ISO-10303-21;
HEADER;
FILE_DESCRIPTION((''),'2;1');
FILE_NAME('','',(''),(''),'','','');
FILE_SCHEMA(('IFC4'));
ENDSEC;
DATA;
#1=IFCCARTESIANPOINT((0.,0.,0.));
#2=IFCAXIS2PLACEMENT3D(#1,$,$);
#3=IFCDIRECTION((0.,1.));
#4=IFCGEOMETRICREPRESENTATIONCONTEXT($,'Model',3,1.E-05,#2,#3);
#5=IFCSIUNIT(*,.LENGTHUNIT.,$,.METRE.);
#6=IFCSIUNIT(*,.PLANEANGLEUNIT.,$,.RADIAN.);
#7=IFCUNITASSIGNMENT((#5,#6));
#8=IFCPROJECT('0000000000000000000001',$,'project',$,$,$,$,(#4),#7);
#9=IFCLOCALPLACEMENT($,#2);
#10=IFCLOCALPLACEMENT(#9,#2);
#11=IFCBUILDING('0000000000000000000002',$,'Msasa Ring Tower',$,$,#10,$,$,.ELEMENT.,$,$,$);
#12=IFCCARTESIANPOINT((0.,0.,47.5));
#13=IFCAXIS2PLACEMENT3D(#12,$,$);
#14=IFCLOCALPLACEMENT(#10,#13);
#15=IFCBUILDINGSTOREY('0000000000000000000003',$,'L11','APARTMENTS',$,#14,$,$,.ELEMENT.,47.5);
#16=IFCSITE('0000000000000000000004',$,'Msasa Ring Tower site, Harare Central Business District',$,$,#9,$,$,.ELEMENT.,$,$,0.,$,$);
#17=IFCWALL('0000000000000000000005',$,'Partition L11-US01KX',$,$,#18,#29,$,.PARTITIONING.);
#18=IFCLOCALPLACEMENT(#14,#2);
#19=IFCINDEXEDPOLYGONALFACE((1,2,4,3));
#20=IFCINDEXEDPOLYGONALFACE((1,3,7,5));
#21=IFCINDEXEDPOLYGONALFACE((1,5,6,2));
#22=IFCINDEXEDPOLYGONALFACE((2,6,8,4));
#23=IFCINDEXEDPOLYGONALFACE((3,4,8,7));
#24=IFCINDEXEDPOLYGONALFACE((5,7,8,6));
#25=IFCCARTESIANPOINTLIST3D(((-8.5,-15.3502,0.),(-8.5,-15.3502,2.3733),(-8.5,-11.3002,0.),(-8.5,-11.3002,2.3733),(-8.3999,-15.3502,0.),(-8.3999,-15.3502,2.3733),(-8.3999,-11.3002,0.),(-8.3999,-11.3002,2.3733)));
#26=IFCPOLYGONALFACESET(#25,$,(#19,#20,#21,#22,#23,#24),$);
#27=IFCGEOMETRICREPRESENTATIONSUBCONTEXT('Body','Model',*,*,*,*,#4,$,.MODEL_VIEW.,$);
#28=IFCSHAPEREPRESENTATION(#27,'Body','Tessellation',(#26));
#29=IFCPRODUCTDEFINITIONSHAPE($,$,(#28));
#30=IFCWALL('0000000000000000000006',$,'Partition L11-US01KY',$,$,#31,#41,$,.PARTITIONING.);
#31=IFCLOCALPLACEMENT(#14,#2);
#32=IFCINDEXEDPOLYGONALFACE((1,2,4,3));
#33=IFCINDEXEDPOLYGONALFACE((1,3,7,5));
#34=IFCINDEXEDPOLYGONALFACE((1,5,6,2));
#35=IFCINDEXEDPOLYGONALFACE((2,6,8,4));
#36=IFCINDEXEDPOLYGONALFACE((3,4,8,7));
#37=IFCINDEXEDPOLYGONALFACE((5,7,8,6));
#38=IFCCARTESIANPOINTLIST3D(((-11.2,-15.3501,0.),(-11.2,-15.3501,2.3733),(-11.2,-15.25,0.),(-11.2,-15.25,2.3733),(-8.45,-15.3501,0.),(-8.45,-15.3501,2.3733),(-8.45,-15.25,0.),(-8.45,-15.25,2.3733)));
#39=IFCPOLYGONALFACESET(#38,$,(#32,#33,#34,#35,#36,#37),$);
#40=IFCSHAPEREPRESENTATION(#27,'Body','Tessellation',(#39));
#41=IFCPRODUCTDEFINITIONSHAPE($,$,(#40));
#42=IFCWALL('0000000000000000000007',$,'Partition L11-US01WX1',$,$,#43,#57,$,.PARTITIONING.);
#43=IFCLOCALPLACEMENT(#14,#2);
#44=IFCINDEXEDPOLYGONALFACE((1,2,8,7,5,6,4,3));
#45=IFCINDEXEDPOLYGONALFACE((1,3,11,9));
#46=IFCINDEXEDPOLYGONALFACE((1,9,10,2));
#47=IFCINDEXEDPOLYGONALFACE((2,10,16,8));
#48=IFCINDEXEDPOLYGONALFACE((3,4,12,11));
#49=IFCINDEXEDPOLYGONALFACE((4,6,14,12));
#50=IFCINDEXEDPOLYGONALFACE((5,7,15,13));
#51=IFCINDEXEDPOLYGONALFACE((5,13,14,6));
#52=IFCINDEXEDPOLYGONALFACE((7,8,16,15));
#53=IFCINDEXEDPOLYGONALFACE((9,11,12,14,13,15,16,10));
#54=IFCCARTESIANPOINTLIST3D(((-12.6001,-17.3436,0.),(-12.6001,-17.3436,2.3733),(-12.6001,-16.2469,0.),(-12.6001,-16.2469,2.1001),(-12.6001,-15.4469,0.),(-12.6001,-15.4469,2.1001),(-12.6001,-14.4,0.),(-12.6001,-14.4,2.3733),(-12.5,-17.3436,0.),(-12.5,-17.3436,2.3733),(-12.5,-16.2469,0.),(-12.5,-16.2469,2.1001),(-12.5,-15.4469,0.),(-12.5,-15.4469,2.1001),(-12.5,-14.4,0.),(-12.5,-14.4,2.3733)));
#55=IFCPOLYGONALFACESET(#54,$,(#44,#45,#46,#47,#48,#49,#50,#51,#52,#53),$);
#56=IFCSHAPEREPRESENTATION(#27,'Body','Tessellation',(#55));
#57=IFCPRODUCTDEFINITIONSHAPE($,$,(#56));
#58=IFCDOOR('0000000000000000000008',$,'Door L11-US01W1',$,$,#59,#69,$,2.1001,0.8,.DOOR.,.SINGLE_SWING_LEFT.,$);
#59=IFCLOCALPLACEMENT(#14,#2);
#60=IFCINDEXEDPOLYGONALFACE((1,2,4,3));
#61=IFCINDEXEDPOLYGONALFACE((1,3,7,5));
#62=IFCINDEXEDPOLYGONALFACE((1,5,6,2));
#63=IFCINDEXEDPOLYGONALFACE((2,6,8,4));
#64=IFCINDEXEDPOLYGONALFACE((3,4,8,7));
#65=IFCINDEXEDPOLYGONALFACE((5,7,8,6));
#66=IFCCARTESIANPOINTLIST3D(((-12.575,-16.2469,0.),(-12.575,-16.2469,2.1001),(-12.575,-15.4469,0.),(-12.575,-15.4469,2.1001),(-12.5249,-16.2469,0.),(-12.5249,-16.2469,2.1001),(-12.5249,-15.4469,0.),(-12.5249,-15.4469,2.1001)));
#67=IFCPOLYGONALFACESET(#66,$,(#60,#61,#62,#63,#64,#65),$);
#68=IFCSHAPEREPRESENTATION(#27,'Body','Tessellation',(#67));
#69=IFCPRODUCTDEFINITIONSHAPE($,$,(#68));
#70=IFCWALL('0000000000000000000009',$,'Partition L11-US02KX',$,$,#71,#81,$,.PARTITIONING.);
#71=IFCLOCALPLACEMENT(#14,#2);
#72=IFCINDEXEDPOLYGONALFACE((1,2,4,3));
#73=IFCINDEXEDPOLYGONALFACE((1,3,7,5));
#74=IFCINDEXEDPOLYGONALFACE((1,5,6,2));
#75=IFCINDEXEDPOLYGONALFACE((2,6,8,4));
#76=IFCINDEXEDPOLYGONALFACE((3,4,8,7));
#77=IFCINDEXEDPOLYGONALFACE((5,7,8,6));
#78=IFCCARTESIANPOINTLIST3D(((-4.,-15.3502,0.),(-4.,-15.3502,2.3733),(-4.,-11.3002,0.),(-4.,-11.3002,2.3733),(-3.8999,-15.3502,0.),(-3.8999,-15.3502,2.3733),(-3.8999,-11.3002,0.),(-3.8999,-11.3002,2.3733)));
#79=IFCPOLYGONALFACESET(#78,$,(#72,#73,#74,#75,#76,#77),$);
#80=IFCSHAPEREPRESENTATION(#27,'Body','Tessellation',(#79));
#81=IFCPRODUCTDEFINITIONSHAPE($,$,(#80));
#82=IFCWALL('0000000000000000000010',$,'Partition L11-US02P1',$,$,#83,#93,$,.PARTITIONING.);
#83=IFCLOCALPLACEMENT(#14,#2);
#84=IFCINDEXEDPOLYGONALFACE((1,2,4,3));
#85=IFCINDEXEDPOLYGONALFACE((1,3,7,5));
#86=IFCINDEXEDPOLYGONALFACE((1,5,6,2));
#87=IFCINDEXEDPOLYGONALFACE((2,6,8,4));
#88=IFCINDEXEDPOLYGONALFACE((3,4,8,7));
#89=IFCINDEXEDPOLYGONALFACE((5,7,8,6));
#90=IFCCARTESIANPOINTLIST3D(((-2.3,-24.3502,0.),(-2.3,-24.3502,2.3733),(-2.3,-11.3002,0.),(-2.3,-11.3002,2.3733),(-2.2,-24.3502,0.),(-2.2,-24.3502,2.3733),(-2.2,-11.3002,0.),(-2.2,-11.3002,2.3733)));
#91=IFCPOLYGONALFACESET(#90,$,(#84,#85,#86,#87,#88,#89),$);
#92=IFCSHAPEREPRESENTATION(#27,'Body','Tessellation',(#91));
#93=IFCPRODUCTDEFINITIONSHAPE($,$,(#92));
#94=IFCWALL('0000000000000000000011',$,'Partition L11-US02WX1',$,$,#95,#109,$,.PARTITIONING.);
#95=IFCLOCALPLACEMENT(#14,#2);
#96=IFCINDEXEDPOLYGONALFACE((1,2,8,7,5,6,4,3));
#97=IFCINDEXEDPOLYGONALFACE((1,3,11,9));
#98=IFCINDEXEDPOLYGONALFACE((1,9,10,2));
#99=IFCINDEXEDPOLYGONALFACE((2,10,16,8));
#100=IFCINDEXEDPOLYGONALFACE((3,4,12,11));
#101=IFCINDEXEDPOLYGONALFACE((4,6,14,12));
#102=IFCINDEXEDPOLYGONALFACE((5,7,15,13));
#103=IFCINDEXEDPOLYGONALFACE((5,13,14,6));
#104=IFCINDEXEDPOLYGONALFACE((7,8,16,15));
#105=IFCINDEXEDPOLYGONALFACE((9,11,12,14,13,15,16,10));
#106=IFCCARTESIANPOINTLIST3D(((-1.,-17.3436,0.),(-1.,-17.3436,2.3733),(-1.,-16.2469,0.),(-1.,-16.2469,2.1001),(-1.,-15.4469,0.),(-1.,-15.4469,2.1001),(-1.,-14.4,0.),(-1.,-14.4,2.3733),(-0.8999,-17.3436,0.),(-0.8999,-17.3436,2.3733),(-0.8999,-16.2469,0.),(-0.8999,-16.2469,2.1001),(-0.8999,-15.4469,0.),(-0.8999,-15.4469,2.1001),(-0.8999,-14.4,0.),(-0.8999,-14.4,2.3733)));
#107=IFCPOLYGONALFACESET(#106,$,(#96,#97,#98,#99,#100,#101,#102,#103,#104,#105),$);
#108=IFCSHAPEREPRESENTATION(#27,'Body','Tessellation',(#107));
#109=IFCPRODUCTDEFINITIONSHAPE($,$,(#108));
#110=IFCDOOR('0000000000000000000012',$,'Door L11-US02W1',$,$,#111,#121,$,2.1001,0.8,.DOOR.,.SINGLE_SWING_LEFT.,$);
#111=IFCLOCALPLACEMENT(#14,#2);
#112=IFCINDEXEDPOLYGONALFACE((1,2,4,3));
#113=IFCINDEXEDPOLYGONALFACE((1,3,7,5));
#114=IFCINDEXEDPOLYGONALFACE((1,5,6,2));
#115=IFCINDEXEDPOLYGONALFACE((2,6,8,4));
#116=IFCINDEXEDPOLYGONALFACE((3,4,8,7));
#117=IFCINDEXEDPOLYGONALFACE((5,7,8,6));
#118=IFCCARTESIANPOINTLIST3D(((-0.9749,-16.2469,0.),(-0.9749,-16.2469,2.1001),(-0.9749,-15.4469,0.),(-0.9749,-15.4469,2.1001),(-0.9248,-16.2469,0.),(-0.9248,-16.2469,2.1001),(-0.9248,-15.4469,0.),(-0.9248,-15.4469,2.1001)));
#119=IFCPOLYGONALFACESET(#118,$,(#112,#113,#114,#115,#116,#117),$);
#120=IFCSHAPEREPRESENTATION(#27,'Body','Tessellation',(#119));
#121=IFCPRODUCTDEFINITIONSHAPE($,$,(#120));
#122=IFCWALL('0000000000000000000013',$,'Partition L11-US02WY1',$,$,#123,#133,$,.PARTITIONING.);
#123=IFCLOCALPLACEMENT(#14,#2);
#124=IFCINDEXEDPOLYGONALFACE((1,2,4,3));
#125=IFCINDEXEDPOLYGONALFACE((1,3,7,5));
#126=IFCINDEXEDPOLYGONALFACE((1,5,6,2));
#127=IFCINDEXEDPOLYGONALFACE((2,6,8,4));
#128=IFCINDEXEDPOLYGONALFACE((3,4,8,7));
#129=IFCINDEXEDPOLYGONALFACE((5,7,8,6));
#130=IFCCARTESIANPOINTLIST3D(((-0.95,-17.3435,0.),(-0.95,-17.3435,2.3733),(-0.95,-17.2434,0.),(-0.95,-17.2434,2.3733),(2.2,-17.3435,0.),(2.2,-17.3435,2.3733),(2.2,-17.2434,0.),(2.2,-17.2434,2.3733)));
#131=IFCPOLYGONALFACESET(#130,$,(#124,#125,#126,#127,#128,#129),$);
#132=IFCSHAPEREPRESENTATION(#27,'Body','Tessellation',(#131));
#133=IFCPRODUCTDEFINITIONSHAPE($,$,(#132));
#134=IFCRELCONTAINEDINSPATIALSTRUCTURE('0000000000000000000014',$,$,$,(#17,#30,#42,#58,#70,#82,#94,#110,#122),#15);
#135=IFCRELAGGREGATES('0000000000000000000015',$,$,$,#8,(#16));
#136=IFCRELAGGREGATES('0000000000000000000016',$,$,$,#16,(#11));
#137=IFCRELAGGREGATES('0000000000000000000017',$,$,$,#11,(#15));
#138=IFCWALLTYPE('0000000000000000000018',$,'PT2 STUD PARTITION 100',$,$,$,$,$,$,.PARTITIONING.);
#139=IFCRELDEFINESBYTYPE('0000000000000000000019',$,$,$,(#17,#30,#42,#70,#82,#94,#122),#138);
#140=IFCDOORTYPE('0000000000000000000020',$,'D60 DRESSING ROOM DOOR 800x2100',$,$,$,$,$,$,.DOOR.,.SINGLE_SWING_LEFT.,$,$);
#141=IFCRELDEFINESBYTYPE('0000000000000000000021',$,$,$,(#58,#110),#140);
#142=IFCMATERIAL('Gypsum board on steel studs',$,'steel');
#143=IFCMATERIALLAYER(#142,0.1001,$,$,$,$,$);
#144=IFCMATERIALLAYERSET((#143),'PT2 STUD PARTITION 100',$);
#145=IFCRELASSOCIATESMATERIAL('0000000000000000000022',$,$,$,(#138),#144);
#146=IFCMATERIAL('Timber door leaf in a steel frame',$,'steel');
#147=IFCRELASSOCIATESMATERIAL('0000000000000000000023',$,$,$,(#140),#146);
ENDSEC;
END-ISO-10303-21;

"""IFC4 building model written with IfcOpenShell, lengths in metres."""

from ifc_helpers import new_model, si_unit, direction, frame, frame_2d, origin, place, context, subcontext, project, spatial, rectangle, extrude, material, layer, layer_set, type_object, element, fill, save


model = new_model("IFC4")

# Units and contexts
model_context = context("Model", 3, precision=1e-05, world=origin(), true_north=direction((0.0, 1.0)))
body_context = subcontext(model_context, "Body", "Model", "MODEL_VIEW")
ifc_project = project(units=[si_unit("LENGTHUNIT", "METRE"), si_unit("PLANEANGLEUNIT", "RADIAN")], contexts=[model_context])

# Site, building, storey
site_placement = place(None, origin())
site = spatial("IfcSite", under=ifc_project, at=site_placement, Name="Msasa Ring Tower site, Harare Central Business District", CompositionType="ELEMENT", RefElevation=0.0)
building_placement = place(site_placement, origin())
building = spatial("IfcBuilding", under=site, at=building_placement, Name="Msasa Ring Tower", CompositionType="ELEMENT")
storey_placement = place(building_placement, frame((0.0, 0.0, 47.5)))
storey = spatial("IfcBuildingStorey", under=building, at=storey_placement, Name="L11", Description="APARTMENTS", CompositionType="ELEMENT", Elevation=47.5)

# Walls
ifc_material_1 = material(Name="Gypsum board on steel studs", Category="steel")
ifc_layer = layer(ifc_material_1, 0.1001)
ifc_layer_set = layer_set([ifc_layer], Name="PT2 STUD PARTITION 100")
wall_type = type_object("IfcWallType", Name="PT2 STUD PARTITION 100", PredefinedType="PARTITIONING", material=ifc_layer_set)
wall_1_placement = place(storey_placement, frame((-8.45, -15.3501, 0.0), z_axis=(0.0, 0.0, 1.0), x_axis=(0.0, 1.0, 0.0)))
element("IfcWall", 1, at=wall_1_placement, inside=storey, type_object=wall_type, Name="Partition L11-US01KX", PredefinedType="PARTITIONING", context=body_context, shape_type="SweptSolid", body=[
    extrude(rectangle(XDim=4.05, YDim=0.1001, at=frame_2d((2.0249, 0.0))), origin(), (0.0, 0.0, 1.0), 2.3733),
])
wall_2_placement = place(storey_placement, frame((-11.2, -15.3, 0.0), z_axis=(0.0, 0.0, 1.0), x_axis=(1.0, 0.0, 0.0)))
element("IfcWall", 2, at=wall_2_placement, inside=storey, type_object=wall_type, Name="Partition L11-US01KY", PredefinedType="PARTITIONING", context=body_context, shape_type="SweptSolid", body=[
    extrude(rectangle(XDim=2.75, YDim=0.1001, at=frame_2d((1.375, 0.0))), origin(), (0.0, 0.0, 1.0), 2.3733),
])

# Wall, opening, door
wall_3_placement = place(storey_placement, frame((-12.55, -17.3435, 0.0), z_axis=(0.0, 0.0, 1.0), x_axis=(0.0, 1.0, 0.0)))
wall_3 = element("IfcWall", 3, at=wall_3_placement, inside=storey, type_object=wall_type, Name="Partition L11-US01WX1", PredefinedType="PARTITIONING", context=body_context, shape_type="SweptSolid", body=[
    extrude(rectangle(XDim=2.9436, YDim=0.1001, at=frame_2d((1.4717, 0.0))), origin(), (0.0, 0.0, 1.0), 2.3733),
])
opening_1_placement = place(wall_3_placement, frame((1.0967, 0.0, 0.0)))
opening_1 = element("IfcOpeningElement", 4, at=opening_1_placement, cuts=wall_3, PredefinedType="OPENING", context=body_context, shape_type="SweptSolid", body=[
    extrude(rectangle(XDim=0.8, YDim=2.1001, at=frame_2d((0.3999, 1.05))), frame((0.0, 0.0601, 0.0), z_axis=(0.0, -1.0, 0.0), x_axis=(1.0, 0.0, 0.0)), (0.0, 0.0, 1.0), 0.1201),
])
ifc_material_2 = material(Name="Timber door leaf in a steel frame", Category="steel")
door_type = type_object("IfcDoorType", Name="D60 DRESSING ROOM DOOR 800x2100", OperationType="SINGLE_SWING_LEFT", PredefinedType="DOOR", material=ifc_material_2)
door_1_placement = place(opening_1_placement, origin())
door_1 = element("IfcDoor", 5, at=door_1_placement, inside=storey, type_object=door_type, Name="Door L11-US01W1", OperationType="SINGLE_SWING_LEFT", OverallHeight=2.1001, OverallWidth=0.8, PredefinedType="DOOR", context=body_context, shape_type="SweptSolid", body=[
    extrude(rectangle(XDim=0.8, YDim=2.1001, at=frame_2d((0.3999, 1.05))), frame((0.0, 0.0249, 0.0), z_axis=(0.0, -1.0, 0.0), x_axis=(1.0, 0.0, 0.0)), (0.0, 0.0, 1.0), 0.05),
])
fill(opening_1, door_1)

# Walls
wall_4_placement = place(storey_placement, frame((-3.95, -15.3501, 0.0), z_axis=(0.0, 0.0, 1.0), x_axis=(0.0, 1.0, 0.0)))
element("IfcWall", 6, at=wall_4_placement, inside=storey, type_object=wall_type, Name="Partition L11-US02KX", PredefinedType="PARTITIONING", context=body_context, shape_type="SweptSolid", body=[
    extrude(rectangle(XDim=4.05, YDim=0.1001, at=frame_2d((2.0249, 0.0))), origin(), (0.0, 0.0, 1.0), 2.3733),
])
wall_5_placement = place(storey_placement, frame((-2.25, -24.3501, 0.0), z_axis=(0.0, 0.0, 1.0), x_axis=(0.0, 1.0, 0.0)))
element("IfcWall", 7, at=wall_5_placement, inside=storey, type_object=wall_type, Name="Partition L11-US02P1", PredefinedType="PARTITIONING", context=body_context, shape_type="SweptSolid", body=[
    extrude(rectangle(XDim=13.05, YDim=0.1001, at=frame_2d((6.5249, 0.0))), origin(), (0.0, 0.0, 1.0), 2.3733),
])

# Wall, opening, door
wall_6_placement = place(storey_placement, frame((-0.95, -17.3435, 0.0), z_axis=(0.0, 0.0, 1.0), x_axis=(0.0, 1.0, 0.0)))
wall_6 = element("IfcWall", 8, at=wall_6_placement, inside=storey, type_object=wall_type, Name="Partition L11-US02WX1", PredefinedType="PARTITIONING", context=body_context, shape_type="SweptSolid", body=[
    extrude(rectangle(XDim=2.9436, YDim=0.1001, at=frame_2d((1.4717, 0.0))), origin(), (0.0, 0.0, 1.0), 2.3733),
])
opening_2_placement = place(wall_6_placement, frame((1.0967, 0.0, 0.0)))
opening_2 = element("IfcOpeningElement", 9, at=opening_2_placement, cuts=wall_6, PredefinedType="OPENING", context=body_context, shape_type="SweptSolid", body=[
    extrude(rectangle(XDim=0.8, YDim=2.1001, at=frame_2d((0.3999, 1.05))), frame((0.0, 0.0601, 0.0), z_axis=(0.0, -1.0, 0.0), x_axis=(1.0, 0.0, 0.0)), (0.0, 0.0, 1.0), 0.1201),
])
door_2_placement = place(opening_2_placement, origin())
door_2 = element("IfcDoor", 10, at=door_2_placement, inside=storey, type_object=door_type, Name="Door L11-US02W1", OperationType="SINGLE_SWING_LEFT", OverallHeight=2.1001, OverallWidth=0.8, PredefinedType="DOOR", context=body_context, shape_type="SweptSolid", body=[
    extrude(rectangle(XDim=0.8, YDim=2.1001, at=frame_2d((0.3999, 1.05))), frame((0.0, 0.0249, 0.0), z_axis=(0.0, -1.0, 0.0), x_axis=(1.0, 0.0, 0.0)), (0.0, 0.0, 1.0), 0.05),
])
fill(opening_2, door_2)

# Wall
wall_7_placement = place(storey_placement, frame((-0.95, -17.2935, 0.0), z_axis=(0.0, 0.0, 1.0), x_axis=(1.0, 0.0, 0.0)))
element("IfcWall", 11, at=wall_7_placement, inside=storey, type_object=wall_type, Name="Partition L11-US02WY1", PredefinedType="PARTITIONING", context=body_context, shape_type="SweptSolid", body=[
    extrude(rectangle(XDim=3.1499, YDim=0.1001, at=frame_2d((1.575, 0.0))), origin(), (0.0, 0.0, 1.0), 2.3733),
])

save(model, "model.ifc")
